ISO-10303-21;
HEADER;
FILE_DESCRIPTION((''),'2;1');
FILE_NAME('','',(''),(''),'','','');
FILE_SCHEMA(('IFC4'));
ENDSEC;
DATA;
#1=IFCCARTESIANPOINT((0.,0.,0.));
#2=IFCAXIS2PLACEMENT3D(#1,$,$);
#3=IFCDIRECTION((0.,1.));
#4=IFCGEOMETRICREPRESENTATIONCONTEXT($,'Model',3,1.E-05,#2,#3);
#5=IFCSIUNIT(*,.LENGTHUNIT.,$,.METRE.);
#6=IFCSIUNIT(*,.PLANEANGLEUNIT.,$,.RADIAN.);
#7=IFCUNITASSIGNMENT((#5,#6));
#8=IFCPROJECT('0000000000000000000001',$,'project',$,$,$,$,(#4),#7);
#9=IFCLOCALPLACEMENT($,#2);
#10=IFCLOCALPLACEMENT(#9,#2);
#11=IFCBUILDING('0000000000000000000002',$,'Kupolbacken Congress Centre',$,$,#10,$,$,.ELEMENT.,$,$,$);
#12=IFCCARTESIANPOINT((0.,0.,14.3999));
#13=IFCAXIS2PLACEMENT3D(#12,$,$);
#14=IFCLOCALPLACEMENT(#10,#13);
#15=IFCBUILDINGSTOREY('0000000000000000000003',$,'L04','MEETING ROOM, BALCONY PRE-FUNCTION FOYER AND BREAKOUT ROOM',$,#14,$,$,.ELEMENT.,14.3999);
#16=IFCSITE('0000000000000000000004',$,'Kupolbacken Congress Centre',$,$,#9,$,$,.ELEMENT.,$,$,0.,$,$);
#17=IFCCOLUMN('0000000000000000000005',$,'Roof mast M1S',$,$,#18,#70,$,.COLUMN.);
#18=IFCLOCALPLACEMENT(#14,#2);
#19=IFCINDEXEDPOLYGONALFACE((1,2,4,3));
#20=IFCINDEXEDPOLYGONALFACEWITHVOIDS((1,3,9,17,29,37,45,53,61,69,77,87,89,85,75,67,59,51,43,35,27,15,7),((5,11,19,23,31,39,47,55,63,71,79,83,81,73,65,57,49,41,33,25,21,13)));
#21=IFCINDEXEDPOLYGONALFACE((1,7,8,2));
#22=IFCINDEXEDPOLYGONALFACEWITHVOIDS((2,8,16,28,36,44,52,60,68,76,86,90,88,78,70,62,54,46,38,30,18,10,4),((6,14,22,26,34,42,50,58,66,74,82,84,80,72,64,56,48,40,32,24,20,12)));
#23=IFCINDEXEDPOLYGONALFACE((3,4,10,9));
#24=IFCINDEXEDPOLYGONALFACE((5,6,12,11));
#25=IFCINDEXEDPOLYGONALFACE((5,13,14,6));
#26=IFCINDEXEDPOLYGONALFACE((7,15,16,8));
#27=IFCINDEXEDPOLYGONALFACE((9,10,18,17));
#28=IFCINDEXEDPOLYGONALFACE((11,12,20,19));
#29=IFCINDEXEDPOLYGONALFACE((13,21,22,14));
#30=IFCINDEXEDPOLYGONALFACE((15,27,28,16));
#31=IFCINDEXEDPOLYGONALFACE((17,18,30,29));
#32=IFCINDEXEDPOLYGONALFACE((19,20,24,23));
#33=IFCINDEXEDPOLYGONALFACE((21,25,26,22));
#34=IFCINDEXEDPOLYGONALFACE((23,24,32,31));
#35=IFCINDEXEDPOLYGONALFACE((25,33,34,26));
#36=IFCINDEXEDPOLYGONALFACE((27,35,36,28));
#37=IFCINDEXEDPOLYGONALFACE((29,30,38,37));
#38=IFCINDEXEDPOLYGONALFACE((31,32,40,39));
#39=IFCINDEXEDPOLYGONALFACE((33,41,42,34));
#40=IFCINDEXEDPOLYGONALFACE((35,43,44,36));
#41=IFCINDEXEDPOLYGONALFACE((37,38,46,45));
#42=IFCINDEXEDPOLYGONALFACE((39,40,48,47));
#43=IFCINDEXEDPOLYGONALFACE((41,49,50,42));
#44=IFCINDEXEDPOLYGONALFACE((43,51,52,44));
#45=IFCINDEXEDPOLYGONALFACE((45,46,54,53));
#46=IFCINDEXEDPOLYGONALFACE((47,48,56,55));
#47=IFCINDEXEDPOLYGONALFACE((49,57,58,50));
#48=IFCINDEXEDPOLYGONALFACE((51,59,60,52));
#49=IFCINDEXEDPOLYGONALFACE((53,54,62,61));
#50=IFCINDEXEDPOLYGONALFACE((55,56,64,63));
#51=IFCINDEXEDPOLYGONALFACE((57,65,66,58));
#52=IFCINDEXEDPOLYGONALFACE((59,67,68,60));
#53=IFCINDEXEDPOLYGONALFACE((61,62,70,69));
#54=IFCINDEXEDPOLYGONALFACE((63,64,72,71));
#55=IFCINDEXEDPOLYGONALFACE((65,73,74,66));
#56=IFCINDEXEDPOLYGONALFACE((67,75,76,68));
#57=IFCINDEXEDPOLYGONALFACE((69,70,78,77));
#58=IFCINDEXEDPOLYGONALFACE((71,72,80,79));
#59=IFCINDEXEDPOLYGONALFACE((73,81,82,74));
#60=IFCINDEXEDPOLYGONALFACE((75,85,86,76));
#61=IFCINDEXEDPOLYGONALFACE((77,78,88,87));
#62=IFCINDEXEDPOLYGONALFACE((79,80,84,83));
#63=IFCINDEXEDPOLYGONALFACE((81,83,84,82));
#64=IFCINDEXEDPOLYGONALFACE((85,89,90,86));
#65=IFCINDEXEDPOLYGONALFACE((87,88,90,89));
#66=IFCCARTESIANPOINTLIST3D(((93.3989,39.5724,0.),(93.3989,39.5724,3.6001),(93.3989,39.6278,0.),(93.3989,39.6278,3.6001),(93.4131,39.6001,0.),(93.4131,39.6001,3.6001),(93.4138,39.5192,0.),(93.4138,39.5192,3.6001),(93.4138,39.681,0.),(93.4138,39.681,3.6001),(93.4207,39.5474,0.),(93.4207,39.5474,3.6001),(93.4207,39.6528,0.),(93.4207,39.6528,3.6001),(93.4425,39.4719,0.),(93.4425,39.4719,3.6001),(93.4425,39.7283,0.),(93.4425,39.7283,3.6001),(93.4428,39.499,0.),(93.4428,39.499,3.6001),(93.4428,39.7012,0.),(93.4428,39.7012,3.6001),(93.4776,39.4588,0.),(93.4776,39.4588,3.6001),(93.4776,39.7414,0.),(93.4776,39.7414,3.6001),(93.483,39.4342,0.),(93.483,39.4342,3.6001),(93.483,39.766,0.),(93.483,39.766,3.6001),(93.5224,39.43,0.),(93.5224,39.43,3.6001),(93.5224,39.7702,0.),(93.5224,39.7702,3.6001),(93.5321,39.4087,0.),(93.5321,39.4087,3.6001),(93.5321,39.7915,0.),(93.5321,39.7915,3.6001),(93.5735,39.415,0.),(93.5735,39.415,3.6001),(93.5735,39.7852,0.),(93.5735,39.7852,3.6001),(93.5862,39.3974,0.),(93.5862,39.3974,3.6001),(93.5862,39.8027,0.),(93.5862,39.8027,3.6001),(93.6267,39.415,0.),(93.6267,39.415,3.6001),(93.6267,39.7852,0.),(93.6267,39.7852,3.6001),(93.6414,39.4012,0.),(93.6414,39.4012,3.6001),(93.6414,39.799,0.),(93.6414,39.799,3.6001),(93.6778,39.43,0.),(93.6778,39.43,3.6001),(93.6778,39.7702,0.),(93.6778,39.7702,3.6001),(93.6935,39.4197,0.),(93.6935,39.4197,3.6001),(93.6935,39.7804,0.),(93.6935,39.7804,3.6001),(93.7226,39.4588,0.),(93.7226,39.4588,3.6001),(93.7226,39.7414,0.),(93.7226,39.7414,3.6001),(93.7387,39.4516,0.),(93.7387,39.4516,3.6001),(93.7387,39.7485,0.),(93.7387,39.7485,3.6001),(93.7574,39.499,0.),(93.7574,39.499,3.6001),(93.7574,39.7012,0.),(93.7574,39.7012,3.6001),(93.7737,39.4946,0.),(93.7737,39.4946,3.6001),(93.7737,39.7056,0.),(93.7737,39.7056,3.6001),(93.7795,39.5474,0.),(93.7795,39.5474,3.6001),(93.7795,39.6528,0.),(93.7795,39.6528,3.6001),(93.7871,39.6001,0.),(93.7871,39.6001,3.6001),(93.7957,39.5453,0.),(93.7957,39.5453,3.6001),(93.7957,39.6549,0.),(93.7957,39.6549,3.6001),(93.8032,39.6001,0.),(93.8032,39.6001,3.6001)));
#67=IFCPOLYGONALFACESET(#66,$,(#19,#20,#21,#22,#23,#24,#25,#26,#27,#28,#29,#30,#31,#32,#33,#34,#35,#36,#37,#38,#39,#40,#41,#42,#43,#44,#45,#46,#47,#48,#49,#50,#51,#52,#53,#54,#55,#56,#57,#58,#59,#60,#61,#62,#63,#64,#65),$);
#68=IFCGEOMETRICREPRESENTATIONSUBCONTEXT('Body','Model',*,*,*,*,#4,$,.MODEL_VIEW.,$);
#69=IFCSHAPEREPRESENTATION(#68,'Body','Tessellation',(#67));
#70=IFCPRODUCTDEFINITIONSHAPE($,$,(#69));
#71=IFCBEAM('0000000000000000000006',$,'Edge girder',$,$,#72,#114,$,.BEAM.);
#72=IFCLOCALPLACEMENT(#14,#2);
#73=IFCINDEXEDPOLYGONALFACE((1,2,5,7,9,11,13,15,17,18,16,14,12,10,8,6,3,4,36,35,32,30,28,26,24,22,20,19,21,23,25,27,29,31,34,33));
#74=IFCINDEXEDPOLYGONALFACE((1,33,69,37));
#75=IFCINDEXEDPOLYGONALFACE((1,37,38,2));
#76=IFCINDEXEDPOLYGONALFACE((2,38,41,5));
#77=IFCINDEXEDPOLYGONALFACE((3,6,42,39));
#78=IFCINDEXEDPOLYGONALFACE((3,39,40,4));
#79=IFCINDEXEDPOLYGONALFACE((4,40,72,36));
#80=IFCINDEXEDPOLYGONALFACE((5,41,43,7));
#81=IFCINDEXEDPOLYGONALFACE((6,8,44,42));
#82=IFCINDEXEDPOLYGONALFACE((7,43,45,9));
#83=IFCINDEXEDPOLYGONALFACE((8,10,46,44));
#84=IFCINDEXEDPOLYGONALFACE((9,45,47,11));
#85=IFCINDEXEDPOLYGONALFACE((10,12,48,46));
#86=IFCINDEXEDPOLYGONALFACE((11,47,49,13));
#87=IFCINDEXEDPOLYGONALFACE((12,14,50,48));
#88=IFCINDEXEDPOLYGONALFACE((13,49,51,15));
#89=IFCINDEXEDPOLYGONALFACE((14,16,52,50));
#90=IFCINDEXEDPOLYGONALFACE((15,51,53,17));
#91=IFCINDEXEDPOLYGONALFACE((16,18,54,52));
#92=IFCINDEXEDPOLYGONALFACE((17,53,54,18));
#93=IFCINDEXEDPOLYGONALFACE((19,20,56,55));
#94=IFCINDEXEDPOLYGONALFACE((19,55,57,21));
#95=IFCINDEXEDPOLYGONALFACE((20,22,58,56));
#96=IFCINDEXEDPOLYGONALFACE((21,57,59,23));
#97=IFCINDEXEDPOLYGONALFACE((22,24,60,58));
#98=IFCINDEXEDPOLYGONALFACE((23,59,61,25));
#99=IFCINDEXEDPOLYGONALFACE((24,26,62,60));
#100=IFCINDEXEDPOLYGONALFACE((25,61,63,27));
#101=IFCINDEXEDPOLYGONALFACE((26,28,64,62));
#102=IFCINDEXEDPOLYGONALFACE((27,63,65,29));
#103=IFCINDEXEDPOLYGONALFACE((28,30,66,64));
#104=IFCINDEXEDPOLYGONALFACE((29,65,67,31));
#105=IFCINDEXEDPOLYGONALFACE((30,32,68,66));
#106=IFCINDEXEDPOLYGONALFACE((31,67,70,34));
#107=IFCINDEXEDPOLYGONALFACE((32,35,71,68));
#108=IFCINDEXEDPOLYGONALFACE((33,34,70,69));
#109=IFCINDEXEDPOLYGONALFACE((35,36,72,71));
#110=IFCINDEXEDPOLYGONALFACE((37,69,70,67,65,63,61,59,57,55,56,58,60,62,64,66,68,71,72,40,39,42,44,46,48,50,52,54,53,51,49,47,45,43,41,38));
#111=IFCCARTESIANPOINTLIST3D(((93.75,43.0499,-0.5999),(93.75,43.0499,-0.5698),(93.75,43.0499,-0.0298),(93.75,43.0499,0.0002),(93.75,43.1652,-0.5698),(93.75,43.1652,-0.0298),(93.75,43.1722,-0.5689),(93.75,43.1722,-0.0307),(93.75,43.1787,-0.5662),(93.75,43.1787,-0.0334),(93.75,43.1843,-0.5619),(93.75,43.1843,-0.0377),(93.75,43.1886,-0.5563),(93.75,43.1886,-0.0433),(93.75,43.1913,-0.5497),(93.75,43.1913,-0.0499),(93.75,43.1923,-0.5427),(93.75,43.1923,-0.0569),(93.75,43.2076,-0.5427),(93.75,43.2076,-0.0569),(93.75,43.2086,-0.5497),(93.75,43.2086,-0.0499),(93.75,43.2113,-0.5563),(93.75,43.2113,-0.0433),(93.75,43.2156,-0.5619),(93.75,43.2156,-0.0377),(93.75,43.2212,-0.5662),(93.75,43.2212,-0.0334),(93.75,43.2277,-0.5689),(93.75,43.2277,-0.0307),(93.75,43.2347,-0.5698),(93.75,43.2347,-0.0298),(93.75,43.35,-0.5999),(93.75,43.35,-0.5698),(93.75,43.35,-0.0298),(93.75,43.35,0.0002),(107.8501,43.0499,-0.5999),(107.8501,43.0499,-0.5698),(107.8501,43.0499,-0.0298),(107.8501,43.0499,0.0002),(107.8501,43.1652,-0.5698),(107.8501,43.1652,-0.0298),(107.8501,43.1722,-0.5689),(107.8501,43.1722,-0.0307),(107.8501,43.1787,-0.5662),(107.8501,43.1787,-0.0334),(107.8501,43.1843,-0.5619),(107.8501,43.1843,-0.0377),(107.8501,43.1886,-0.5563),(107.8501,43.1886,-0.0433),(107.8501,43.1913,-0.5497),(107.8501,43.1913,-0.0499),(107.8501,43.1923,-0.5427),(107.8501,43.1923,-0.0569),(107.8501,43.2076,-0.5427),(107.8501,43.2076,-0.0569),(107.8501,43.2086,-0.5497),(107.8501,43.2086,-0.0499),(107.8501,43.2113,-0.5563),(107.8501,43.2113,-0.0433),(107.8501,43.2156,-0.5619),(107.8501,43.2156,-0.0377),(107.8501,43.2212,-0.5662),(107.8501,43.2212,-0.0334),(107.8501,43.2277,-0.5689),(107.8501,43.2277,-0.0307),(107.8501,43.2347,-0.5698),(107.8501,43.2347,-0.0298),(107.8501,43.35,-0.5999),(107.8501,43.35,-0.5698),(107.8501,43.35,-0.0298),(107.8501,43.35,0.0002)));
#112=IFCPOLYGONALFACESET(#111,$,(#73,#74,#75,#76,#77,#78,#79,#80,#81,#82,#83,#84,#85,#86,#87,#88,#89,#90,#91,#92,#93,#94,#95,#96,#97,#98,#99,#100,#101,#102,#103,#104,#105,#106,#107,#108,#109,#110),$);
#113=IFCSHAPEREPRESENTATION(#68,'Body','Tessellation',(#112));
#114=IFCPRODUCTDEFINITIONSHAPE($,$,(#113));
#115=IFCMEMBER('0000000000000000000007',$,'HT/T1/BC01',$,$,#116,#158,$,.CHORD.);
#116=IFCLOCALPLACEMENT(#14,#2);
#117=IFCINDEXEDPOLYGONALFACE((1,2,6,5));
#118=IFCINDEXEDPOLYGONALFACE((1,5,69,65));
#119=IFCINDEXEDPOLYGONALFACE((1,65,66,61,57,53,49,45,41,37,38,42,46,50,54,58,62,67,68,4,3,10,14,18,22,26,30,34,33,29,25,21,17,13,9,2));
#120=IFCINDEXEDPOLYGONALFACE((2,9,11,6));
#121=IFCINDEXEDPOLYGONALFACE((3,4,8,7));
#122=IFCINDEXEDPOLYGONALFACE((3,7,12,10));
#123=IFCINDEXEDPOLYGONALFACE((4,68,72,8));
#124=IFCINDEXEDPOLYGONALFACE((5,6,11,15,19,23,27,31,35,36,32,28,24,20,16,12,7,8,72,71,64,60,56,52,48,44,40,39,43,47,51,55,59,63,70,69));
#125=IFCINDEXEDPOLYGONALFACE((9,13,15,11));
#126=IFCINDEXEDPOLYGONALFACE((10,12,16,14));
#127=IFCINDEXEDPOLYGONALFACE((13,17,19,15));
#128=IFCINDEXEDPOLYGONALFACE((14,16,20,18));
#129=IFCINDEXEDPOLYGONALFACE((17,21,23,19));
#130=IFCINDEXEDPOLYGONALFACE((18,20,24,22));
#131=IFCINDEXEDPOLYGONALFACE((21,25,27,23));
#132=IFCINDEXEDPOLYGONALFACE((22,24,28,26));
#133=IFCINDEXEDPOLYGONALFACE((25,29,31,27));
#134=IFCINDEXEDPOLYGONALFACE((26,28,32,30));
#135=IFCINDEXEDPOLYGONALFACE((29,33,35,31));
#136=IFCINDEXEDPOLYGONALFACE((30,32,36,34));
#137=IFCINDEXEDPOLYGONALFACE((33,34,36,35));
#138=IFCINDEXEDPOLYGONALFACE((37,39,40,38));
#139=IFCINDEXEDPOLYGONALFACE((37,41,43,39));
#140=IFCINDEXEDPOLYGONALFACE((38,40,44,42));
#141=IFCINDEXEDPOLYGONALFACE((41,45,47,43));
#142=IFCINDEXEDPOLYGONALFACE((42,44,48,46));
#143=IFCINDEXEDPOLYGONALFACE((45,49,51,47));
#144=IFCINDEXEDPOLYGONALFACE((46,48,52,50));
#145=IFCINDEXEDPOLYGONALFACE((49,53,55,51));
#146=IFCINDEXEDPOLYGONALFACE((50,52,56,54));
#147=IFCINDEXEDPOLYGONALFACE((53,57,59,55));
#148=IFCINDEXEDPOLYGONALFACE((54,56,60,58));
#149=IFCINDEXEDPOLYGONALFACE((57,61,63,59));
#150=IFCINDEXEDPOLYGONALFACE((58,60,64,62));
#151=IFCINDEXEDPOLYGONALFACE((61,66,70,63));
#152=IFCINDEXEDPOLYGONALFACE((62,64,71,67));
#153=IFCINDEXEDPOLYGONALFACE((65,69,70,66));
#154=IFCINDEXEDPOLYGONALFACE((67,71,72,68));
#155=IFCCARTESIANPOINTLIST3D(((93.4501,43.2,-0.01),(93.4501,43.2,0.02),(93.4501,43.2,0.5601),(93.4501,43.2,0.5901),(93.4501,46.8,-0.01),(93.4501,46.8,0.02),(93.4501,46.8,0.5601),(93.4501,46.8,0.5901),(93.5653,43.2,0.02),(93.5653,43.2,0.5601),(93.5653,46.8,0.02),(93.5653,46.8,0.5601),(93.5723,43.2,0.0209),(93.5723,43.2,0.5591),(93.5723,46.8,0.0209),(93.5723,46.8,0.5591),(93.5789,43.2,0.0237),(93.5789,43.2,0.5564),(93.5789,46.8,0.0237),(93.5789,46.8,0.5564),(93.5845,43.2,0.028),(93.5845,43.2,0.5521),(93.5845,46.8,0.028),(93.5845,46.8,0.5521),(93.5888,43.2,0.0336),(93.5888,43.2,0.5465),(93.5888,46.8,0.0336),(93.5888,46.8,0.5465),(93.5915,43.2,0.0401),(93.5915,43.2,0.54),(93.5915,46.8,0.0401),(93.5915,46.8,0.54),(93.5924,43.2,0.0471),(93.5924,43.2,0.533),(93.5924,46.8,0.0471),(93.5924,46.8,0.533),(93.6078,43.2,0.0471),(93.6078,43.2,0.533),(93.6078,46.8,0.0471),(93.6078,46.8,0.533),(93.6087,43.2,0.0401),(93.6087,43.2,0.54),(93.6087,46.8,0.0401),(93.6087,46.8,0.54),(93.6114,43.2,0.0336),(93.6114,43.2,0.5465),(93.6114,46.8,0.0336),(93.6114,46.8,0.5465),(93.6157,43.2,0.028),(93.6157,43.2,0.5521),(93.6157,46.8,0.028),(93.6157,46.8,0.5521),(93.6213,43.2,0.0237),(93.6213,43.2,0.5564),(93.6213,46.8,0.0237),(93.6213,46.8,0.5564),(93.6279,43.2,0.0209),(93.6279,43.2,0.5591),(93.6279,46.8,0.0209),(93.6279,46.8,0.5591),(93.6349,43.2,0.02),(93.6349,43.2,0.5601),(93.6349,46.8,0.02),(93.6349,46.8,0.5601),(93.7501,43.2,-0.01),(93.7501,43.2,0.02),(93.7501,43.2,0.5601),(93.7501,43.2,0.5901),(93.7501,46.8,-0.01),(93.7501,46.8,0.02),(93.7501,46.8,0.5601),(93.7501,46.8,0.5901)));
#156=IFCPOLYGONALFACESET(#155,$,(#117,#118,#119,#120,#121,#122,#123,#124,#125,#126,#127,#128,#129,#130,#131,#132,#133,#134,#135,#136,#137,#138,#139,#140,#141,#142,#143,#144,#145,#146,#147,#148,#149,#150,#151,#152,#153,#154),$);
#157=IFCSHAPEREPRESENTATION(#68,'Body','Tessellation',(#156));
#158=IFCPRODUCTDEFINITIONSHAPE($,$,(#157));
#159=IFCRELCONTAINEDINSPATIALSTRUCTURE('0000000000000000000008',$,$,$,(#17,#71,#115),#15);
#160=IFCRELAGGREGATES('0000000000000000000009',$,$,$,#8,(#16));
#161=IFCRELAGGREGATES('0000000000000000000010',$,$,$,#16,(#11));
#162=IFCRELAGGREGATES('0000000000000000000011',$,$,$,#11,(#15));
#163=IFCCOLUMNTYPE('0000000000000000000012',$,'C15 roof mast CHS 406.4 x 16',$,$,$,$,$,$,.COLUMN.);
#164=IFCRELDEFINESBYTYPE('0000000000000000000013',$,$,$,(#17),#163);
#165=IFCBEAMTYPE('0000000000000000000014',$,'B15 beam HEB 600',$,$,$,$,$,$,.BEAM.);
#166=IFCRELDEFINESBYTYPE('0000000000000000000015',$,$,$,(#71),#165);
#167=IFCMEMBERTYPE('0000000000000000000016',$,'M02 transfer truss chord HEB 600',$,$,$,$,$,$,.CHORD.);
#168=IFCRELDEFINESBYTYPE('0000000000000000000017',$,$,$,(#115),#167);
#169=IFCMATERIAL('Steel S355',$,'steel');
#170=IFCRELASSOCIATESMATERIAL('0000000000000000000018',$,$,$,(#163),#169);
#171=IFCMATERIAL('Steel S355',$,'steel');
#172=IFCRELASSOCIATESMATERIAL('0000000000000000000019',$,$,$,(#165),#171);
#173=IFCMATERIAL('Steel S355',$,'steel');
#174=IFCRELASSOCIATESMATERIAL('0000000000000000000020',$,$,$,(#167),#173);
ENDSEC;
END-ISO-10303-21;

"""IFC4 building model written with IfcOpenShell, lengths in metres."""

from ifc_helpers import new_model, si_unit, direction, frame, origin, origin_2d, place, context, subcontext, project, spatial, hollow_circle, i_section, extrude, material, material_profile, profile_set, type_object, element, save


model = new_model("IFC4")

# Units and contexts
model_context = context("Model", 3, precision=1e-05, world=origin(), true_north=direction((0.0, 1.0)))
body_context = subcontext(model_context, "Body", "Model", "MODEL_VIEW")
ifc_project = project(units=[si_unit("LENGTHUNIT", "METRE"), si_unit("PLANEANGLEUNIT", "RADIAN")], contexts=[model_context])

# Site, building, storey
site_placement = place(None, origin())
site = spatial("IfcSite", under=ifc_project, at=site_placement, Name="Kupolbacken Congress Centre", CompositionType="ELEMENT", RefElevation=0.0)
building_placement = place(site_placement, origin())
building = spatial("IfcBuilding", under=site, at=building_placement, Name="Kupolbacken Congress Centre", CompositionType="ELEMENT")
storey_placement = place(building_placement, frame((0.0, 0.0, 14.3999)))
storey = spatial("IfcBuildingStorey", under=building, at=storey_placement, Name="L04", Description="MEETING ROOM, BALCONY PRE-FUNCTION FOYER AND BREAKOUT ROOM", CompositionType="ELEMENT", Elevation=14.3999)

# Column
ifc_material_1 = material(Name="Steel S355", Category="steel")
ifc_material_profile_1 = material_profile(ifc_material_1, hollow_circle(Radius=0.2031, WallThickness=0.0161, at=origin_2d()), Name="CHS 406.4 x 16")
ifc_profile_set_1 = profile_set([ifc_material_profile_1], Name="Steel S355")
column_type = type_object("IfcColumnType", Name="C15 roof mast CHS 406.4 x 16", PredefinedType="COLUMN", material=ifc_profile_set_1)
column_placement = place(storey_placement, frame((93.6001, 39.6001, 0.0), z_axis=(0.0, 0.0, 1.0), x_axis=(1.0, 0.0, 0.0)))
element("IfcColumn", 1, at=column_placement, inside=storey, type_object=column_type, Name="Roof mast M1S", PredefinedType="COLUMN", context=body_context, shape_type="SweptSolid", body=[
    extrude(hollow_circle(Radius=0.2031, WallThickness=0.0161, at=origin_2d()), origin(), (0.0, 0.0, 1.0), 3.6001),
])

# Beam
ifc_material_2 = material(Name="Steel S355", Category="steel")
ifc_material_profile_2 = material_profile(ifc_material_2, i_section(OverallWidth=0.3, OverallDepth=0.6001, WebThickness=0.0154, FlangeThickness=0.03, FilletRadius=0.0271, at=origin_2d()), Name="HEB 600")
ifc_profile_set_2 = profile_set([ifc_material_profile_2], Name="Steel S355")
beam_type = type_object("IfcBeamType", Name="B15 beam HEB 600", PredefinedType="BEAM", material=ifc_profile_set_2)
beam_placement = place(storey_placement, frame((93.75, 43.2, -0.2998), z_axis=(1.0, 0.0, 0.0), x_axis=(0.0, 1.0, 0.0)))
element("IfcBeam", 2, at=beam_placement, inside=storey, type_object=beam_type, Name="Edge girder", PredefinedType="BEAM", context=body_context, shape_type="SweptSolid", body=[
    extrude(i_section(OverallWidth=0.3, OverallDepth=0.6001, WebThickness=0.0154, FlangeThickness=0.03, FilletRadius=0.0271, at=origin_2d()), origin(), (0.0, 0.0, 1.0), 14.1001),
])

# Member
ifc_material_3 = material(Name="Steel S355", Category="steel")
ifc_material_profile_3 = material_profile(ifc_material_3, i_section(OverallWidth=0.3, OverallDepth=0.6001, WebThickness=0.0154, FlangeThickness=0.03, FilletRadius=0.0271, at=origin_2d()), Name="HEB 600")
ifc_profile_set_3 = profile_set([ifc_material_profile_3], Name="Steel S355")
member_type_1 = type_object("IfcMemberType", Name="M02 transfer truss chord HEB 600", PredefinedType="CHORD", material=ifc_profile_set_3)
member_1_placement = place(storey_placement, frame((93.6001, 43.2, 0.29), z_axis=(0.0, 1.0, 0.0), x_axis=(-1.0, 0.0, 0.0)))
element("IfcMember", 3, at=member_1_placement, inside=storey, type_object=member_type_1, Name="HT/T1/BC01", PredefinedType="CHORD", context=body_context, shape_type="SweptSolid", body=[
    extrude(i_section(OverallWidth=0.3, OverallDepth=0.6001, WebThickness=0.0154, FlangeThickness=0.03, FilletRadius=0.0271, at=origin_2d()), origin(), (0.0, 0.0, 1.0), 3.6001),
])

save(model, "model.ifc")
